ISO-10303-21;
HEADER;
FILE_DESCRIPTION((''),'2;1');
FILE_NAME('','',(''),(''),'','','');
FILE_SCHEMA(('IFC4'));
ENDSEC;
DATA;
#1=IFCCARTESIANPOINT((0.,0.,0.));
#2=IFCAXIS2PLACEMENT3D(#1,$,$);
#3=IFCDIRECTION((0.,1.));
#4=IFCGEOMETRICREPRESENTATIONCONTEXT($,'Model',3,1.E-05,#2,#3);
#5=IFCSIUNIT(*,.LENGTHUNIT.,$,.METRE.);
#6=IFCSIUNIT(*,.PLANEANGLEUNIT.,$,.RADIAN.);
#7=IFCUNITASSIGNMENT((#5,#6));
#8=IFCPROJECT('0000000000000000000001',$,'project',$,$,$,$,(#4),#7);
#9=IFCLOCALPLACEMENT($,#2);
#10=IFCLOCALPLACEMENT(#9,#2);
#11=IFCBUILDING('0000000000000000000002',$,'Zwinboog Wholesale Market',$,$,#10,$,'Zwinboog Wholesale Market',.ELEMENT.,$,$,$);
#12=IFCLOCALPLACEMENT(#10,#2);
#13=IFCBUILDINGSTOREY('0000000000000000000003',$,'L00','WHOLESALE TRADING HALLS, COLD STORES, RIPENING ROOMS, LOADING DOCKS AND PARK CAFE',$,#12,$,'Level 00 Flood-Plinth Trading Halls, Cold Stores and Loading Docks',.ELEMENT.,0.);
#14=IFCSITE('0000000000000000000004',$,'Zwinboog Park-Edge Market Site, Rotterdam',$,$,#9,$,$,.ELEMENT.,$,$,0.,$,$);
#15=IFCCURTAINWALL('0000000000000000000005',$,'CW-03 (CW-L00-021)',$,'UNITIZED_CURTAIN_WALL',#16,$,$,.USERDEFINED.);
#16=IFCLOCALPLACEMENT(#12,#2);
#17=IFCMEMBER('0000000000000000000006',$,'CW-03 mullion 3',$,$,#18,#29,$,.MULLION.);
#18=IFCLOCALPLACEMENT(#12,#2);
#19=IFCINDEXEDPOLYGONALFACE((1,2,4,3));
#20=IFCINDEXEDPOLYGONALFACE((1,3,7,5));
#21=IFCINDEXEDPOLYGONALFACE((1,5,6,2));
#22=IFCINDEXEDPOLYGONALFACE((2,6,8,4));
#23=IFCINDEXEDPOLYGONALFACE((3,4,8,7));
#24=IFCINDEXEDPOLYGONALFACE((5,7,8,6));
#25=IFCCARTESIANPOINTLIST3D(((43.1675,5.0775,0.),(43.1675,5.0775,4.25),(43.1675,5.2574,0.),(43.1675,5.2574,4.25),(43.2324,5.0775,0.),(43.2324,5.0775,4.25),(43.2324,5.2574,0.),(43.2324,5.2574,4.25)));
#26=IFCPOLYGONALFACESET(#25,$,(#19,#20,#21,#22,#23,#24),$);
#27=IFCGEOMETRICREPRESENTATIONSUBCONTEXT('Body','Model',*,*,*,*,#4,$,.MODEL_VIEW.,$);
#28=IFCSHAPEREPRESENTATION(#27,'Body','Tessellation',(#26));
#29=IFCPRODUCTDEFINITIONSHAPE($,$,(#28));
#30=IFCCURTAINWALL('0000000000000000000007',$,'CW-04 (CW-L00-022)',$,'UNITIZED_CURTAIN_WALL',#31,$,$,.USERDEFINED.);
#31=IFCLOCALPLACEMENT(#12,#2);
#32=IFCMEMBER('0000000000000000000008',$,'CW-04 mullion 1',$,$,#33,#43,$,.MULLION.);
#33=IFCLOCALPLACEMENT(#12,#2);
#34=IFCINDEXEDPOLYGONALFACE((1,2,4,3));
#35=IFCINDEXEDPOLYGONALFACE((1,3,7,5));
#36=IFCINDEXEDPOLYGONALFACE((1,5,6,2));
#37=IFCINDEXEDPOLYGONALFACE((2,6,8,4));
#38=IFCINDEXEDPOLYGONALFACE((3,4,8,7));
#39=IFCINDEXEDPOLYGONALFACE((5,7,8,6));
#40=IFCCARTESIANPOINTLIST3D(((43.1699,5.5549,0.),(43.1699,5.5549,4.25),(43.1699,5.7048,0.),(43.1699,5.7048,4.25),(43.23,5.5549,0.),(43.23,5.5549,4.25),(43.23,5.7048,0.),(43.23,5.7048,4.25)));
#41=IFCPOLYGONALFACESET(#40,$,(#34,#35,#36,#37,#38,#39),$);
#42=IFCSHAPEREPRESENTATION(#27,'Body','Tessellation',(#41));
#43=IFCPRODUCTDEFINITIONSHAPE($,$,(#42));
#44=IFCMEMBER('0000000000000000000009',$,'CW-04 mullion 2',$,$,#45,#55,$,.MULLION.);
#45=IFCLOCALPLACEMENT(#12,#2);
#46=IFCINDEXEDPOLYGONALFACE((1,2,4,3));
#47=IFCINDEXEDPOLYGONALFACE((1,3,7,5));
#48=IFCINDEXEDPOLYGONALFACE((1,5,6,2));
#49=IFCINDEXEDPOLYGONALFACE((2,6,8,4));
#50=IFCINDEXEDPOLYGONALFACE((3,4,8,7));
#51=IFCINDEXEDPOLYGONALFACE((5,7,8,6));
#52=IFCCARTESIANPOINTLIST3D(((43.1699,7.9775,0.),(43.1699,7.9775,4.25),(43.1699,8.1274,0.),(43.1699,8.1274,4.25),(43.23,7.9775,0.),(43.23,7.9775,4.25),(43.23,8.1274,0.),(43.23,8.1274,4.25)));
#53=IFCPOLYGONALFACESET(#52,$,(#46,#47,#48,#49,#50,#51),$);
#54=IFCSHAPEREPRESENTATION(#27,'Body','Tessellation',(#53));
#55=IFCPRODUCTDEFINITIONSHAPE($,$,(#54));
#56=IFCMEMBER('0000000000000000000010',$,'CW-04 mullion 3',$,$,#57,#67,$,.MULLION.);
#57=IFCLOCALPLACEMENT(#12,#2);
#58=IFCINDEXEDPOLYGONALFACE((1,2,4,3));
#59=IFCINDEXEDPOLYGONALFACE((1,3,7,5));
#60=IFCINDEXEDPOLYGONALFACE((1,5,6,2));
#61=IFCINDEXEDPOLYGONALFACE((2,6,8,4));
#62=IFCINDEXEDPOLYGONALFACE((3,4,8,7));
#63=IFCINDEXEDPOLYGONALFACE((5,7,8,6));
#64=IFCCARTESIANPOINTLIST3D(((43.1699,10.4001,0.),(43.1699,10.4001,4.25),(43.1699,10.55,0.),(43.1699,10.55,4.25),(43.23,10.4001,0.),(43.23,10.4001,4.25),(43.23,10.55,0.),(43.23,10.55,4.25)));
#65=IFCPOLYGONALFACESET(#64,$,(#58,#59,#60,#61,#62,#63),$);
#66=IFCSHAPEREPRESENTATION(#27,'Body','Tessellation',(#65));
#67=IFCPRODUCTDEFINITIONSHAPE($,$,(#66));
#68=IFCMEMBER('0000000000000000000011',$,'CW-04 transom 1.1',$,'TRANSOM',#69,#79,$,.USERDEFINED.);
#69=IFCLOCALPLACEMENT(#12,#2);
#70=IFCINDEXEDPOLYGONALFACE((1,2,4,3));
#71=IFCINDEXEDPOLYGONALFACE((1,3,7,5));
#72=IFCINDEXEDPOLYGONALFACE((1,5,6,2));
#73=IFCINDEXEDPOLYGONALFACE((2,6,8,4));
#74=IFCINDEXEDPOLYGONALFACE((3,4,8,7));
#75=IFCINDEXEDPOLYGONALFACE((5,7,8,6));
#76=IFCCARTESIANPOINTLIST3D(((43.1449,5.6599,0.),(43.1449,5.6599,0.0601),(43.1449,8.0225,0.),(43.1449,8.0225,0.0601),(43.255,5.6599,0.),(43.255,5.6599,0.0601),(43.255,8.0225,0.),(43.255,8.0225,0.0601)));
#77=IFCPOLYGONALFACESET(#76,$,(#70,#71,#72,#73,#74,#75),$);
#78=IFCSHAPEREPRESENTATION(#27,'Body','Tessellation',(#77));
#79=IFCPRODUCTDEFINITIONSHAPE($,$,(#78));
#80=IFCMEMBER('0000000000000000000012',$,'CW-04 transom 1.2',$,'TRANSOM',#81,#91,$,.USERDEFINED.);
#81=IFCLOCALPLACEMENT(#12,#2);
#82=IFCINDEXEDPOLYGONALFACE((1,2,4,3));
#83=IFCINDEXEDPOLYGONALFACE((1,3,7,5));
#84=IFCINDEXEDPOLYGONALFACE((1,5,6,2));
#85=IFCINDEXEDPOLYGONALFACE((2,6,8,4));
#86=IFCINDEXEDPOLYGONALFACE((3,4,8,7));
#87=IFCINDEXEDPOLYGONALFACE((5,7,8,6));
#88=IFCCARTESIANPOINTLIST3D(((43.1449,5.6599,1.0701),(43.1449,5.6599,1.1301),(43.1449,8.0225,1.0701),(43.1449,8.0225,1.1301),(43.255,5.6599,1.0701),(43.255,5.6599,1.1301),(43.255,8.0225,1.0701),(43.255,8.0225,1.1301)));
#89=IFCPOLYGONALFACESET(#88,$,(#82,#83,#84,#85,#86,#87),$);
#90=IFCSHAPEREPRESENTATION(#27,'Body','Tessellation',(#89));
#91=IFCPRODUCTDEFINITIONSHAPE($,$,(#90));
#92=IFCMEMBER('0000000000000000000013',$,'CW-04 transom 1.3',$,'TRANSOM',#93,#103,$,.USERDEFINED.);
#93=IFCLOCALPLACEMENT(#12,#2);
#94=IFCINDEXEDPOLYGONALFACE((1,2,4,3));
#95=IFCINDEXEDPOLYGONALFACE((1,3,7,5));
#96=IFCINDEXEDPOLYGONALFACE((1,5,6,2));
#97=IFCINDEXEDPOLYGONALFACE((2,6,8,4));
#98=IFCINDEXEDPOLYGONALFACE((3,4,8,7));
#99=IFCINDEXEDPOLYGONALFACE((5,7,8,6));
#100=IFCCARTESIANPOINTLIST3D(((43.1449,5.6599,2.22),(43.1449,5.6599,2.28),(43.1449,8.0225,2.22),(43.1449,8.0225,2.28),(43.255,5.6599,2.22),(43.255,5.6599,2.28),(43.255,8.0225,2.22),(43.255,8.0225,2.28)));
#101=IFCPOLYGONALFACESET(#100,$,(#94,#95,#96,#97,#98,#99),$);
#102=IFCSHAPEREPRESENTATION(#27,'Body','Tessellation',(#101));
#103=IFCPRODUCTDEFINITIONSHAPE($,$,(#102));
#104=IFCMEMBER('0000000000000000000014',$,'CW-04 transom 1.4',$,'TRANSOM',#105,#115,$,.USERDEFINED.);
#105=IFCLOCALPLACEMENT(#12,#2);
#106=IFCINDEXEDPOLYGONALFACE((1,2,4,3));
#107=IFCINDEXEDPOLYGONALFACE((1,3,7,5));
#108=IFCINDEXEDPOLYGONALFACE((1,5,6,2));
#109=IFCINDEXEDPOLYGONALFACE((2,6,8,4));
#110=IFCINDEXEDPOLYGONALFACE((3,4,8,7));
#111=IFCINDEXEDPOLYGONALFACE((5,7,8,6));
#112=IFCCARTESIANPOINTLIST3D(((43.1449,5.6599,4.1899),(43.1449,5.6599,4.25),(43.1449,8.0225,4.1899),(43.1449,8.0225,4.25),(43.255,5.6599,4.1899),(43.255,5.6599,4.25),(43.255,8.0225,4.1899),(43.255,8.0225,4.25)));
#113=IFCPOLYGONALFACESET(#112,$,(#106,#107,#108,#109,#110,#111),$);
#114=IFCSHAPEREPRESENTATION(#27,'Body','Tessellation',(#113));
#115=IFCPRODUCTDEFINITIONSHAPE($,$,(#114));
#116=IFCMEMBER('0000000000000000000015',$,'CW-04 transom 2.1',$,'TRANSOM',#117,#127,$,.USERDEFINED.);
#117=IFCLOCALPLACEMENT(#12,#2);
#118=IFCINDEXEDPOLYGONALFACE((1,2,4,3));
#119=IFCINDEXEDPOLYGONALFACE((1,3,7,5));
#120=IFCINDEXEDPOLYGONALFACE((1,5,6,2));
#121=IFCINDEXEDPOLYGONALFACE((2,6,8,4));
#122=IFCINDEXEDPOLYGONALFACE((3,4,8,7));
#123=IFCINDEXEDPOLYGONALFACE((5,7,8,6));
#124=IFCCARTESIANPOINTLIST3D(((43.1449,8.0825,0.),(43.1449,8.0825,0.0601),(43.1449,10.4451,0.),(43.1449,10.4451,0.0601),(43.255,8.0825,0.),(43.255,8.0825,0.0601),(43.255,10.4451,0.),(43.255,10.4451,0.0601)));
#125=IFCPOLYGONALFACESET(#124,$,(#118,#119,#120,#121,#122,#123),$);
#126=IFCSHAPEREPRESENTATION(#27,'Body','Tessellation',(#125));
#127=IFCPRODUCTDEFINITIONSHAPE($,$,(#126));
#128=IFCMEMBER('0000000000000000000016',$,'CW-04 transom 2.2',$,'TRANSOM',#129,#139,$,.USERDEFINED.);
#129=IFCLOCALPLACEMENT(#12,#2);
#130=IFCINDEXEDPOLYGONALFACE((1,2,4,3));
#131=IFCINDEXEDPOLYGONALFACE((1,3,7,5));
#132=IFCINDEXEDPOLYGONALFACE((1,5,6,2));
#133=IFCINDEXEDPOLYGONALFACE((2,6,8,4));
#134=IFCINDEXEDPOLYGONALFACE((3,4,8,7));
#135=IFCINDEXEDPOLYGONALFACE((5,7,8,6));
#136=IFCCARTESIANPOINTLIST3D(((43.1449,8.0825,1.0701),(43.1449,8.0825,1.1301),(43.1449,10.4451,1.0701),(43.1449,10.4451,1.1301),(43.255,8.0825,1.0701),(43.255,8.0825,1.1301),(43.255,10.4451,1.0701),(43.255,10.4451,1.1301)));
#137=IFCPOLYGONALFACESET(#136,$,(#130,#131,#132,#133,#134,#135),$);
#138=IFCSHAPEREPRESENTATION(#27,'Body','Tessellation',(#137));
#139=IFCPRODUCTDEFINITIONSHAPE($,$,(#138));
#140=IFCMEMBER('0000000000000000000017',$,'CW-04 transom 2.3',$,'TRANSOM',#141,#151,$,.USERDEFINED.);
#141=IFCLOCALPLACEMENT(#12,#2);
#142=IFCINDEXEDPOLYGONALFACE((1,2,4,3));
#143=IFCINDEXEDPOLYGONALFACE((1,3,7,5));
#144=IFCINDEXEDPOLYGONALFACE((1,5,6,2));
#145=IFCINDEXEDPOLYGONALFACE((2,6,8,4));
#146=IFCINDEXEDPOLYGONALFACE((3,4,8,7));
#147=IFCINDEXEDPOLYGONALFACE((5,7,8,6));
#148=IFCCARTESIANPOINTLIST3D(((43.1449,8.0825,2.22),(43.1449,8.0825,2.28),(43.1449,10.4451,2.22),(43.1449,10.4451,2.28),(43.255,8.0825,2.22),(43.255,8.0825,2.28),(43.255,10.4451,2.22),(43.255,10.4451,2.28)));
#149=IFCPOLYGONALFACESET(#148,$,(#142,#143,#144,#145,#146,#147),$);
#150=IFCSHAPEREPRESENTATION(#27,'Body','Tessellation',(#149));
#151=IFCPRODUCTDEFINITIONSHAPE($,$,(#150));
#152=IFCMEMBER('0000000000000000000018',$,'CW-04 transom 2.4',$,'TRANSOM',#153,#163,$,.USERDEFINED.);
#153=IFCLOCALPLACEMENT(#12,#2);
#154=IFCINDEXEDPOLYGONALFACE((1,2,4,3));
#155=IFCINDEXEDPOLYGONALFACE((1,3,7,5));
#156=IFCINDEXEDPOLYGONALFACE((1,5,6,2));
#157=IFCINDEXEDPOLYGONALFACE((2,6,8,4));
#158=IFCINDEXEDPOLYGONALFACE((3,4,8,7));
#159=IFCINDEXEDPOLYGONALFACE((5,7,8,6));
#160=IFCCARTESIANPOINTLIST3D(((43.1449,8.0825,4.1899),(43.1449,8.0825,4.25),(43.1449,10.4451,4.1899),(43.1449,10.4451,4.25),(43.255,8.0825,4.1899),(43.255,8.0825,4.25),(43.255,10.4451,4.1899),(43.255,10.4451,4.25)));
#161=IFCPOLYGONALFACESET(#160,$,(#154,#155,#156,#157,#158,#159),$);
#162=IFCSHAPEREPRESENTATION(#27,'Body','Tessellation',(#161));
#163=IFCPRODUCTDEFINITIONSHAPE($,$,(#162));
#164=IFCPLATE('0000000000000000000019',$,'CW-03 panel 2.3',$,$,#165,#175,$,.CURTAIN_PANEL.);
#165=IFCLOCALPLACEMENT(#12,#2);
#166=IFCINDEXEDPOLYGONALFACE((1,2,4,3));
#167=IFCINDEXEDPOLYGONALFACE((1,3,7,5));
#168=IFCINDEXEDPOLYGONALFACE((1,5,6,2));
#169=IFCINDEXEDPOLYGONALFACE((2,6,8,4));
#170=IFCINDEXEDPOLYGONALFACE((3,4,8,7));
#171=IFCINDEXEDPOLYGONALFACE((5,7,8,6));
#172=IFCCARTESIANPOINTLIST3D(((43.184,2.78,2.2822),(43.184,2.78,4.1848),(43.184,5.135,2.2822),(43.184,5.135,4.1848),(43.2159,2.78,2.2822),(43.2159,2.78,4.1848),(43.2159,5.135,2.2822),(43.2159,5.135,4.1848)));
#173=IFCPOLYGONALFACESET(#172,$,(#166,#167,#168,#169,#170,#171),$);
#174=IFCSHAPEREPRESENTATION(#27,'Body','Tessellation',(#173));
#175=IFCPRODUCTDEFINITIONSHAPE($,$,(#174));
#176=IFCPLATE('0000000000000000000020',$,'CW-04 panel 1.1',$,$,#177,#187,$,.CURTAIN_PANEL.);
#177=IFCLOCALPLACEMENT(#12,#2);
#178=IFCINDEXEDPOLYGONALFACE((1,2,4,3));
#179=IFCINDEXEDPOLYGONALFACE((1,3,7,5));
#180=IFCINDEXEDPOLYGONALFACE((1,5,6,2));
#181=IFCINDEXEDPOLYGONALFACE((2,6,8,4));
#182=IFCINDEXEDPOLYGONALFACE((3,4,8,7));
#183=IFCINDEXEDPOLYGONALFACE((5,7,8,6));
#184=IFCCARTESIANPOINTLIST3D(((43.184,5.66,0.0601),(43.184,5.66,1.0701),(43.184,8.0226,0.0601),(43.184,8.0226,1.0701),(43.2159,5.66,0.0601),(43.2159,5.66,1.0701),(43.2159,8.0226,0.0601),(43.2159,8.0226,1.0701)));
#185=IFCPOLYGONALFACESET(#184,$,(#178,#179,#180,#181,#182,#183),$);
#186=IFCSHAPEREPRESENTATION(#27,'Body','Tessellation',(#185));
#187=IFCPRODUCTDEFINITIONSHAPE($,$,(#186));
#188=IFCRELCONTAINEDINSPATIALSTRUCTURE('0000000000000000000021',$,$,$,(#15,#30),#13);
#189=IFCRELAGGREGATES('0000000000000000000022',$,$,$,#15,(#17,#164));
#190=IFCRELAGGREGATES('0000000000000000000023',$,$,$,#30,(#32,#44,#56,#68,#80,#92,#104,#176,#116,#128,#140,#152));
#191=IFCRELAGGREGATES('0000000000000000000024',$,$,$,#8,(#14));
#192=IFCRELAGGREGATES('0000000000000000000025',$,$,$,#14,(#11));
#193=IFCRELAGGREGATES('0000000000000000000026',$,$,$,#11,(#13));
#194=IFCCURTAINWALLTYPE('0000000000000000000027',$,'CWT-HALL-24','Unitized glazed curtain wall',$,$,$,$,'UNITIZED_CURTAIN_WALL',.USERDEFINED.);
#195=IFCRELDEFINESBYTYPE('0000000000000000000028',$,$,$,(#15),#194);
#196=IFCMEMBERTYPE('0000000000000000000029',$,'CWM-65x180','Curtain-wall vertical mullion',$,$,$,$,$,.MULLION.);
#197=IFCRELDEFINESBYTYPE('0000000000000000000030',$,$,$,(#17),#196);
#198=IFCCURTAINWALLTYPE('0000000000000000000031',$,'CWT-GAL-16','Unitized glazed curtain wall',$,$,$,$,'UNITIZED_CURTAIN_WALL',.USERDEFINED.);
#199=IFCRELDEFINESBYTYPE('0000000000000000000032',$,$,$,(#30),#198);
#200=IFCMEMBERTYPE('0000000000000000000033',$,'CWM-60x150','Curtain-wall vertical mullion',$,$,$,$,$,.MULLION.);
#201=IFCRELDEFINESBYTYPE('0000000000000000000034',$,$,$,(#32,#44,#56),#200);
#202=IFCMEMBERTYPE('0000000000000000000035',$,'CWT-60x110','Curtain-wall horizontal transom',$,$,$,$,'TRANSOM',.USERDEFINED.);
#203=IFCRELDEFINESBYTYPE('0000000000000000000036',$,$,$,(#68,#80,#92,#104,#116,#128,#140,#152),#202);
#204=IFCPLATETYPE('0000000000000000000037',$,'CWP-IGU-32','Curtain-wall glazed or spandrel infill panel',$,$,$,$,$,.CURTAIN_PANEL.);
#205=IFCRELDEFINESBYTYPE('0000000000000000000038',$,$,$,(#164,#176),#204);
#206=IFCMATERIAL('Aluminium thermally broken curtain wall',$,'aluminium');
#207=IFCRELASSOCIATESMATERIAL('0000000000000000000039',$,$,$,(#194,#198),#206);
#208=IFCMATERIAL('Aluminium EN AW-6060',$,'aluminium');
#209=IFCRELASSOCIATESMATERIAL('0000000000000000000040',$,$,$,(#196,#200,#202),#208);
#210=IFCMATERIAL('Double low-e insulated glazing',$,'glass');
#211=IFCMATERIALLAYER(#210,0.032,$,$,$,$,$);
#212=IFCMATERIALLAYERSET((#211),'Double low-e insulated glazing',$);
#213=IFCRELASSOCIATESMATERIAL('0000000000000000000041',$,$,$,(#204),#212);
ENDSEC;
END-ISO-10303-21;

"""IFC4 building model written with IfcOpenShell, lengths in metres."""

from ifc_helpers import new_model, si_unit, direction, frame, origin, origin_2d, place, context, subcontext, project, spatial, rectangle, extrude, material, layer, layer_set, material_profile, profile_set, type_object, element, aggregate, save


model = new_model("IFC4")

# Units and contexts
model_context = context("Model", 3, precision=1e-05, world=origin(), true_north=direction((0.0, 1.0)))
body_context = subcontext(model_context, "Body", "Model", "MODEL_VIEW")
ifc_project = project(units=[si_unit("LENGTHUNIT", "METRE"), si_unit("PLANEANGLEUNIT", "RADIAN")], contexts=[model_context])

# Site, building, storey
site_placement = place(None, origin())
site = spatial("IfcSite", under=ifc_project, at=site_placement, Name="Zwinboog Park-Edge Market Site, Rotterdam", CompositionType="ELEMENT", RefElevation=0.0)
building_placement = place(site_placement, origin())
building = spatial("IfcBuilding", under=site, at=building_placement, Name="Zwinboog Wholesale Market", LongName="Zwinboog Wholesale Market", CompositionType="ELEMENT")
storey_placement = place(building_placement, origin())
storey = spatial("IfcBuildingStorey", under=building, at=storey_placement, Name="L00", Description="WHOLESALE TRADING HALLS, COLD STORES, RIPENING ROOMS, LOADING DOCKS AND PARK CAFE", LongName="Level 00 Flood-Plinth Trading Halls, Cold Stores and Loading Docks", CompositionType="ELEMENT", Elevation=0.0)

# Curtain wall, member
ifc_material_1 = material(Name="Aluminium thermally broken curtain wall", Category="aluminium")
curtain_wall_type_1 = type_object("IfcCurtainWallType", Name="CWT-HALL-24", Description="Unitized glazed curtain wall", ElementType="UNITIZED_CURTAIN_WALL", PredefinedType="USERDEFINED", material=ifc_material_1)
curtain_wall_1_placement = place(storey_placement, origin())
curtain_wall_1 = element("IfcCurtainWall", 1, at=curtain_wall_1_placement, inside=storey, type_object=curtain_wall_type_1, Name="CW-03 (CW-L00-021)", ObjectType="UNITIZED_CURTAIN_WALL", PredefinedType="USERDEFINED")
ifc_material_2 = material(Name="Aluminium EN AW-6060", Category="aluminium")
ifc_material_profile_1 = material_profile(ifc_material_2, rectangle(XDim=0.0649, YDim=0.1799, at=origin_2d()), Name="AL 65x180")
ifc_profile_set_1 = profile_set([ifc_material_profile_1], Name="Aluminium EN AW-6060")
member_type_1 = type_object("IfcMemberType", Name="CWM-65x180", Description="Curtain-wall vertical mullion", PredefinedType="MULLION", material=ifc_profile_set_1)
member_1_placement = place(storey_placement, frame((43.2, 5.1675, 0.0), z_axis=(0.0, 0.0, 1.0), x_axis=(-1.0, 0.0, 0.0)))
member_1 = element("IfcMember", 2, at=member_1_placement, type_object=member_type_1, Name="CW-03 mullion 3", PredefinedType="MULLION", context=body_context, shape_type="SweptSolid", body=[
    extrude(rectangle(XDim=0.0649, YDim=0.1799, at=origin_2d()), origin(), (0.0, 0.0, 1.0), 4.25),
])

# Curtain wall, members
curtain_wall_type_2 = type_object("IfcCurtainWallType", Name="CWT-GAL-16", Description="Unitized glazed curtain wall", ElementType="UNITIZED_CURTAIN_WALL", PredefinedType="USERDEFINED", material=ifc_material_1)
curtain_wall_2_placement = place(storey_placement, origin())
curtain_wall_2 = element("IfcCurtainWall", 3, at=curtain_wall_2_placement, inside=storey, type_object=curtain_wall_type_2, Name="CW-04 (CW-L00-022)", ObjectType="UNITIZED_CURTAIN_WALL", PredefinedType="USERDEFINED")
ifc_material_profile_2 = material_profile(ifc_material_2, rectangle(XDim=0.0601, YDim=0.1499, at=origin_2d()), Name="AL 60x150")
ifc_profile_set_2 = profile_set([ifc_material_profile_2], Name="Aluminium EN AW-6060")
member_type_2 = type_object("IfcMemberType", Name="CWM-60x150", Description="Curtain-wall vertical mullion", PredefinedType="MULLION", material=ifc_profile_set_2)
member_2_placement = place(storey_placement, frame((43.2, 5.6299, 0.0), z_axis=(0.0, 0.0, 1.0), x_axis=(-1.0, 0.0, 0.0)))
member_2 = element("IfcMember", 4, at=member_2_placement, type_object=member_type_2, Name="CW-04 mullion 1", PredefinedType="MULLION", context=body_context, shape_type="SweptSolid", body=[
    extrude(rectangle(XDim=0.0601, YDim=0.1499, at=origin_2d()), origin(), (0.0, 0.0, 1.0), 4.25),
])
member_3_placement = place(storey_placement, frame((43.2, 8.0525, 0.0), z_axis=(0.0, 0.0, 1.0), x_axis=(-1.0, 0.0, 0.0)))
member_3 = element("IfcMember", 5, at=member_3_placement, type_object=member_type_2, Name="CW-04 mullion 2", PredefinedType="MULLION", context=body_context, shape_type="SweptSolid", body=[
    extrude(rectangle(XDim=0.0601, YDim=0.1499, at=origin_2d()), origin(), (0.0, 0.0, 1.0), 4.25),
])
member_4_placement = place(storey_placement, frame((43.2, 10.4751, 0.0), z_axis=(0.0, 0.0, 1.0), x_axis=(-1.0, 0.0, 0.0)))
member_4 = element("IfcMember", 6, at=member_4_placement, type_object=member_type_2, Name="CW-04 mullion 3", PredefinedType="MULLION", context=body_context, shape_type="SweptSolid", body=[
    extrude(rectangle(XDim=0.0601, YDim=0.1499, at=origin_2d()), origin(), (0.0, 0.0, 1.0), 4.25),
])
ifc_material_profile_3 = material_profile(ifc_material_2, rectangle(XDim=0.1101, YDim=0.0601, at=origin_2d()), Name="AL 60x110")
ifc_profile_set_3 = profile_set([ifc_material_profile_3], Name="Aluminium EN AW-6060")
member_type_3 = type_object("IfcMemberType", Name="CWT-60x110", Description="Curtain-wall horizontal transom", ElementType="TRANSOM", PredefinedType="USERDEFINED", material=ifc_profile_set_3)
member_5_placement = place(storey_placement, frame((43.2, 5.6599, 0.03), z_axis=(0.0, 1.0, 0.0), x_axis=(-1.0, 0.0, 0.0)))
member_5 = element("IfcMember", 7, at=member_5_placement, type_object=member_type_3, Name="CW-04 transom 1.1", ObjectType="TRANSOM", PredefinedType="USERDEFINED", context=body_context, shape_type="SweptSolid", body=[
    extrude(rectangle(XDim=0.1101, YDim=0.0601, at=origin_2d()), origin(), (0.0, 0.0, 1.0), 2.3625),
])
member_6_placement = place(storey_placement, frame((43.2, 5.6599, 1.1001), z_axis=(0.0, 1.0, 0.0), x_axis=(-1.0, 0.0, 0.0)))
member_6 = element("IfcMember", 8, at=member_6_placement, type_object=member_type_3, Name="CW-04 transom 1.2", ObjectType="TRANSOM", PredefinedType="USERDEFINED", context=body_context, shape_type="SweptSolid", body=[
    extrude(rectangle(XDim=0.1101, YDim=0.0601, at=origin_2d()), origin(), (0.0, 0.0, 1.0), 2.3625),
])
member_7_placement = place(storey_placement, frame((43.2, 5.6599, 2.25), z_axis=(0.0, 1.0, 0.0), x_axis=(-1.0, 0.0, 0.0)))
member_7 = element("IfcMember", 9, at=member_7_placement, type_object=member_type_3, Name="CW-04 transom 1.3", ObjectType="TRANSOM", PredefinedType="USERDEFINED", context=body_context, shape_type="SweptSolid", body=[
    extrude(rectangle(XDim=0.1101, YDim=0.0601, at=origin_2d()), origin(), (0.0, 0.0, 1.0), 2.3625),
])
member_8_placement = place(storey_placement, frame((43.2, 5.6599, 4.22), z_axis=(0.0, 1.0, 0.0), x_axis=(-1.0, 0.0, 0.0)))
member_8 = element("IfcMember", 10, at=member_8_placement, type_object=member_type_3, Name="CW-04 transom 1.4", ObjectType="TRANSOM", PredefinedType="USERDEFINED", context=body_context, shape_type="SweptSolid", body=[
    extrude(rectangle(XDim=0.1101, YDim=0.0601, at=origin_2d()), origin(), (0.0, 0.0, 1.0), 2.3625),
])
member_9_placement = place(storey_placement, frame((43.2, 8.0825, 0.03), z_axis=(0.0, 1.0, 0.0), x_axis=(-1.0, 0.0, 0.0)))
member_9 = element("IfcMember", 11, at=member_9_placement, type_object=member_type_3, Name="CW-04 transom 2.1", ObjectType="TRANSOM", PredefinedType="USERDEFINED", context=body_context, shape_type="SweptSolid", body=[
    extrude(rectangle(XDim=0.1101, YDim=0.0601, at=origin_2d()), origin(), (0.0, 0.0, 1.0), 2.3625),
])
member_10_placement = place(storey_placement, frame((43.2, 8.0825, 1.1001), z_axis=(0.0, 1.0, 0.0), x_axis=(-1.0, 0.0, 0.0)))
member_10 = element("IfcMember", 12, at=member_10_placement, type_object=member_type_3, Name="CW-04 transom 2.2", ObjectType="TRANSOM", PredefinedType="USERDEFINED", context=body_context, shape_type="SweptSolid", body=[
    extrude(rectangle(XDim=0.1101, YDim=0.0601, at=origin_2d()), origin(), (0.0, 0.0, 1.0), 2.3625),
])
member_11_placement = place(storey_placement, frame((43.2, 8.0825, 2.25), z_axis=(0.0, 1.0, 0.0), x_axis=(-1.0, 0.0, 0.0)))
member_11 = element("IfcMember", 13, at=member_11_placement, type_object=member_type_3, Name="CW-04 transom 2.3", ObjectType="TRANSOM", PredefinedType="USERDEFINED", context=body_context, shape_type="SweptSolid", body=[
    extrude(rectangle(XDim=0.1101, YDim=0.0601, at=origin_2d()), origin(), (0.0, 0.0, 1.0), 2.3625),
])
member_12_placement = place(storey_placement, frame((43.2, 8.0825, 4.22), z_axis=(0.0, 1.0, 0.0), x_axis=(-1.0, 0.0, 0.0)))
member_12 = element("IfcMember", 14, at=member_12_placement, type_object=member_type_3, Name="CW-04 transom 2.4", ObjectType="TRANSOM", PredefinedType="USERDEFINED", context=body_context, shape_type="SweptSolid", body=[
    extrude(rectangle(XDim=0.1101, YDim=0.0601, at=origin_2d()), origin(), (0.0, 0.0, 1.0), 2.3625),
])

# Plates
ifc_material_3 = material(Name="Double low-e insulated glazing", Category="glass")
ifc_layer_1 = layer(ifc_material_3, 0.032)
ifc_layer_set_1 = layer_set([ifc_layer_1], Name="Double low-e insulated glazing")
plate_type = type_object("IfcPlateType", Name="CWP-IGU-32", Description="Curtain-wall glazed or spandrel infill panel", PredefinedType="CURTAIN_PANEL", material=ifc_layer_set_1)
plate_1_placement = place(storey_placement, frame((43.2, 3.9575, 2.2822), z_axis=(0.0, 0.0, 1.0), x_axis=(0.0, 1.0, 0.0)))
plate_1 = element("IfcPlate", 15, at=plate_1_placement, type_object=plate_type, Name="CW-03 panel 2.3", PredefinedType="CURTAIN_PANEL", context=body_context, shape_type="SweptSolid", body=[
    extrude(rectangle(XDim=2.355, YDim=0.032, at=origin_2d()), origin(), (0.0, 0.0, 1.0), 1.9026),
])
aggregate(curtain_wall_1, [member_1, plate_1])
plate_2_placement = place(storey_placement, frame((43.2, 6.8413, 0.0601), z_axis=(0.0, 0.0, 1.0), x_axis=(0.0, 1.0, 0.0)))
plate_2 = element("IfcPlate", 16, at=plate_2_placement, type_object=plate_type, Name="CW-04 panel 1.1", PredefinedType="CURTAIN_PANEL", context=body_context, shape_type="SweptSolid", body=[
    extrude(rectangle(XDim=2.3625, YDim=0.032, at=origin_2d()), origin(), (0.0, 0.0, 1.0), 1.01),
])
aggregate(curtain_wall_2, [member_2, member_3, member_4, member_5, member_6, member_7, member_8, plate_2, member_9, member_10, member_11, member_12])

save(model, "model.ifc")
